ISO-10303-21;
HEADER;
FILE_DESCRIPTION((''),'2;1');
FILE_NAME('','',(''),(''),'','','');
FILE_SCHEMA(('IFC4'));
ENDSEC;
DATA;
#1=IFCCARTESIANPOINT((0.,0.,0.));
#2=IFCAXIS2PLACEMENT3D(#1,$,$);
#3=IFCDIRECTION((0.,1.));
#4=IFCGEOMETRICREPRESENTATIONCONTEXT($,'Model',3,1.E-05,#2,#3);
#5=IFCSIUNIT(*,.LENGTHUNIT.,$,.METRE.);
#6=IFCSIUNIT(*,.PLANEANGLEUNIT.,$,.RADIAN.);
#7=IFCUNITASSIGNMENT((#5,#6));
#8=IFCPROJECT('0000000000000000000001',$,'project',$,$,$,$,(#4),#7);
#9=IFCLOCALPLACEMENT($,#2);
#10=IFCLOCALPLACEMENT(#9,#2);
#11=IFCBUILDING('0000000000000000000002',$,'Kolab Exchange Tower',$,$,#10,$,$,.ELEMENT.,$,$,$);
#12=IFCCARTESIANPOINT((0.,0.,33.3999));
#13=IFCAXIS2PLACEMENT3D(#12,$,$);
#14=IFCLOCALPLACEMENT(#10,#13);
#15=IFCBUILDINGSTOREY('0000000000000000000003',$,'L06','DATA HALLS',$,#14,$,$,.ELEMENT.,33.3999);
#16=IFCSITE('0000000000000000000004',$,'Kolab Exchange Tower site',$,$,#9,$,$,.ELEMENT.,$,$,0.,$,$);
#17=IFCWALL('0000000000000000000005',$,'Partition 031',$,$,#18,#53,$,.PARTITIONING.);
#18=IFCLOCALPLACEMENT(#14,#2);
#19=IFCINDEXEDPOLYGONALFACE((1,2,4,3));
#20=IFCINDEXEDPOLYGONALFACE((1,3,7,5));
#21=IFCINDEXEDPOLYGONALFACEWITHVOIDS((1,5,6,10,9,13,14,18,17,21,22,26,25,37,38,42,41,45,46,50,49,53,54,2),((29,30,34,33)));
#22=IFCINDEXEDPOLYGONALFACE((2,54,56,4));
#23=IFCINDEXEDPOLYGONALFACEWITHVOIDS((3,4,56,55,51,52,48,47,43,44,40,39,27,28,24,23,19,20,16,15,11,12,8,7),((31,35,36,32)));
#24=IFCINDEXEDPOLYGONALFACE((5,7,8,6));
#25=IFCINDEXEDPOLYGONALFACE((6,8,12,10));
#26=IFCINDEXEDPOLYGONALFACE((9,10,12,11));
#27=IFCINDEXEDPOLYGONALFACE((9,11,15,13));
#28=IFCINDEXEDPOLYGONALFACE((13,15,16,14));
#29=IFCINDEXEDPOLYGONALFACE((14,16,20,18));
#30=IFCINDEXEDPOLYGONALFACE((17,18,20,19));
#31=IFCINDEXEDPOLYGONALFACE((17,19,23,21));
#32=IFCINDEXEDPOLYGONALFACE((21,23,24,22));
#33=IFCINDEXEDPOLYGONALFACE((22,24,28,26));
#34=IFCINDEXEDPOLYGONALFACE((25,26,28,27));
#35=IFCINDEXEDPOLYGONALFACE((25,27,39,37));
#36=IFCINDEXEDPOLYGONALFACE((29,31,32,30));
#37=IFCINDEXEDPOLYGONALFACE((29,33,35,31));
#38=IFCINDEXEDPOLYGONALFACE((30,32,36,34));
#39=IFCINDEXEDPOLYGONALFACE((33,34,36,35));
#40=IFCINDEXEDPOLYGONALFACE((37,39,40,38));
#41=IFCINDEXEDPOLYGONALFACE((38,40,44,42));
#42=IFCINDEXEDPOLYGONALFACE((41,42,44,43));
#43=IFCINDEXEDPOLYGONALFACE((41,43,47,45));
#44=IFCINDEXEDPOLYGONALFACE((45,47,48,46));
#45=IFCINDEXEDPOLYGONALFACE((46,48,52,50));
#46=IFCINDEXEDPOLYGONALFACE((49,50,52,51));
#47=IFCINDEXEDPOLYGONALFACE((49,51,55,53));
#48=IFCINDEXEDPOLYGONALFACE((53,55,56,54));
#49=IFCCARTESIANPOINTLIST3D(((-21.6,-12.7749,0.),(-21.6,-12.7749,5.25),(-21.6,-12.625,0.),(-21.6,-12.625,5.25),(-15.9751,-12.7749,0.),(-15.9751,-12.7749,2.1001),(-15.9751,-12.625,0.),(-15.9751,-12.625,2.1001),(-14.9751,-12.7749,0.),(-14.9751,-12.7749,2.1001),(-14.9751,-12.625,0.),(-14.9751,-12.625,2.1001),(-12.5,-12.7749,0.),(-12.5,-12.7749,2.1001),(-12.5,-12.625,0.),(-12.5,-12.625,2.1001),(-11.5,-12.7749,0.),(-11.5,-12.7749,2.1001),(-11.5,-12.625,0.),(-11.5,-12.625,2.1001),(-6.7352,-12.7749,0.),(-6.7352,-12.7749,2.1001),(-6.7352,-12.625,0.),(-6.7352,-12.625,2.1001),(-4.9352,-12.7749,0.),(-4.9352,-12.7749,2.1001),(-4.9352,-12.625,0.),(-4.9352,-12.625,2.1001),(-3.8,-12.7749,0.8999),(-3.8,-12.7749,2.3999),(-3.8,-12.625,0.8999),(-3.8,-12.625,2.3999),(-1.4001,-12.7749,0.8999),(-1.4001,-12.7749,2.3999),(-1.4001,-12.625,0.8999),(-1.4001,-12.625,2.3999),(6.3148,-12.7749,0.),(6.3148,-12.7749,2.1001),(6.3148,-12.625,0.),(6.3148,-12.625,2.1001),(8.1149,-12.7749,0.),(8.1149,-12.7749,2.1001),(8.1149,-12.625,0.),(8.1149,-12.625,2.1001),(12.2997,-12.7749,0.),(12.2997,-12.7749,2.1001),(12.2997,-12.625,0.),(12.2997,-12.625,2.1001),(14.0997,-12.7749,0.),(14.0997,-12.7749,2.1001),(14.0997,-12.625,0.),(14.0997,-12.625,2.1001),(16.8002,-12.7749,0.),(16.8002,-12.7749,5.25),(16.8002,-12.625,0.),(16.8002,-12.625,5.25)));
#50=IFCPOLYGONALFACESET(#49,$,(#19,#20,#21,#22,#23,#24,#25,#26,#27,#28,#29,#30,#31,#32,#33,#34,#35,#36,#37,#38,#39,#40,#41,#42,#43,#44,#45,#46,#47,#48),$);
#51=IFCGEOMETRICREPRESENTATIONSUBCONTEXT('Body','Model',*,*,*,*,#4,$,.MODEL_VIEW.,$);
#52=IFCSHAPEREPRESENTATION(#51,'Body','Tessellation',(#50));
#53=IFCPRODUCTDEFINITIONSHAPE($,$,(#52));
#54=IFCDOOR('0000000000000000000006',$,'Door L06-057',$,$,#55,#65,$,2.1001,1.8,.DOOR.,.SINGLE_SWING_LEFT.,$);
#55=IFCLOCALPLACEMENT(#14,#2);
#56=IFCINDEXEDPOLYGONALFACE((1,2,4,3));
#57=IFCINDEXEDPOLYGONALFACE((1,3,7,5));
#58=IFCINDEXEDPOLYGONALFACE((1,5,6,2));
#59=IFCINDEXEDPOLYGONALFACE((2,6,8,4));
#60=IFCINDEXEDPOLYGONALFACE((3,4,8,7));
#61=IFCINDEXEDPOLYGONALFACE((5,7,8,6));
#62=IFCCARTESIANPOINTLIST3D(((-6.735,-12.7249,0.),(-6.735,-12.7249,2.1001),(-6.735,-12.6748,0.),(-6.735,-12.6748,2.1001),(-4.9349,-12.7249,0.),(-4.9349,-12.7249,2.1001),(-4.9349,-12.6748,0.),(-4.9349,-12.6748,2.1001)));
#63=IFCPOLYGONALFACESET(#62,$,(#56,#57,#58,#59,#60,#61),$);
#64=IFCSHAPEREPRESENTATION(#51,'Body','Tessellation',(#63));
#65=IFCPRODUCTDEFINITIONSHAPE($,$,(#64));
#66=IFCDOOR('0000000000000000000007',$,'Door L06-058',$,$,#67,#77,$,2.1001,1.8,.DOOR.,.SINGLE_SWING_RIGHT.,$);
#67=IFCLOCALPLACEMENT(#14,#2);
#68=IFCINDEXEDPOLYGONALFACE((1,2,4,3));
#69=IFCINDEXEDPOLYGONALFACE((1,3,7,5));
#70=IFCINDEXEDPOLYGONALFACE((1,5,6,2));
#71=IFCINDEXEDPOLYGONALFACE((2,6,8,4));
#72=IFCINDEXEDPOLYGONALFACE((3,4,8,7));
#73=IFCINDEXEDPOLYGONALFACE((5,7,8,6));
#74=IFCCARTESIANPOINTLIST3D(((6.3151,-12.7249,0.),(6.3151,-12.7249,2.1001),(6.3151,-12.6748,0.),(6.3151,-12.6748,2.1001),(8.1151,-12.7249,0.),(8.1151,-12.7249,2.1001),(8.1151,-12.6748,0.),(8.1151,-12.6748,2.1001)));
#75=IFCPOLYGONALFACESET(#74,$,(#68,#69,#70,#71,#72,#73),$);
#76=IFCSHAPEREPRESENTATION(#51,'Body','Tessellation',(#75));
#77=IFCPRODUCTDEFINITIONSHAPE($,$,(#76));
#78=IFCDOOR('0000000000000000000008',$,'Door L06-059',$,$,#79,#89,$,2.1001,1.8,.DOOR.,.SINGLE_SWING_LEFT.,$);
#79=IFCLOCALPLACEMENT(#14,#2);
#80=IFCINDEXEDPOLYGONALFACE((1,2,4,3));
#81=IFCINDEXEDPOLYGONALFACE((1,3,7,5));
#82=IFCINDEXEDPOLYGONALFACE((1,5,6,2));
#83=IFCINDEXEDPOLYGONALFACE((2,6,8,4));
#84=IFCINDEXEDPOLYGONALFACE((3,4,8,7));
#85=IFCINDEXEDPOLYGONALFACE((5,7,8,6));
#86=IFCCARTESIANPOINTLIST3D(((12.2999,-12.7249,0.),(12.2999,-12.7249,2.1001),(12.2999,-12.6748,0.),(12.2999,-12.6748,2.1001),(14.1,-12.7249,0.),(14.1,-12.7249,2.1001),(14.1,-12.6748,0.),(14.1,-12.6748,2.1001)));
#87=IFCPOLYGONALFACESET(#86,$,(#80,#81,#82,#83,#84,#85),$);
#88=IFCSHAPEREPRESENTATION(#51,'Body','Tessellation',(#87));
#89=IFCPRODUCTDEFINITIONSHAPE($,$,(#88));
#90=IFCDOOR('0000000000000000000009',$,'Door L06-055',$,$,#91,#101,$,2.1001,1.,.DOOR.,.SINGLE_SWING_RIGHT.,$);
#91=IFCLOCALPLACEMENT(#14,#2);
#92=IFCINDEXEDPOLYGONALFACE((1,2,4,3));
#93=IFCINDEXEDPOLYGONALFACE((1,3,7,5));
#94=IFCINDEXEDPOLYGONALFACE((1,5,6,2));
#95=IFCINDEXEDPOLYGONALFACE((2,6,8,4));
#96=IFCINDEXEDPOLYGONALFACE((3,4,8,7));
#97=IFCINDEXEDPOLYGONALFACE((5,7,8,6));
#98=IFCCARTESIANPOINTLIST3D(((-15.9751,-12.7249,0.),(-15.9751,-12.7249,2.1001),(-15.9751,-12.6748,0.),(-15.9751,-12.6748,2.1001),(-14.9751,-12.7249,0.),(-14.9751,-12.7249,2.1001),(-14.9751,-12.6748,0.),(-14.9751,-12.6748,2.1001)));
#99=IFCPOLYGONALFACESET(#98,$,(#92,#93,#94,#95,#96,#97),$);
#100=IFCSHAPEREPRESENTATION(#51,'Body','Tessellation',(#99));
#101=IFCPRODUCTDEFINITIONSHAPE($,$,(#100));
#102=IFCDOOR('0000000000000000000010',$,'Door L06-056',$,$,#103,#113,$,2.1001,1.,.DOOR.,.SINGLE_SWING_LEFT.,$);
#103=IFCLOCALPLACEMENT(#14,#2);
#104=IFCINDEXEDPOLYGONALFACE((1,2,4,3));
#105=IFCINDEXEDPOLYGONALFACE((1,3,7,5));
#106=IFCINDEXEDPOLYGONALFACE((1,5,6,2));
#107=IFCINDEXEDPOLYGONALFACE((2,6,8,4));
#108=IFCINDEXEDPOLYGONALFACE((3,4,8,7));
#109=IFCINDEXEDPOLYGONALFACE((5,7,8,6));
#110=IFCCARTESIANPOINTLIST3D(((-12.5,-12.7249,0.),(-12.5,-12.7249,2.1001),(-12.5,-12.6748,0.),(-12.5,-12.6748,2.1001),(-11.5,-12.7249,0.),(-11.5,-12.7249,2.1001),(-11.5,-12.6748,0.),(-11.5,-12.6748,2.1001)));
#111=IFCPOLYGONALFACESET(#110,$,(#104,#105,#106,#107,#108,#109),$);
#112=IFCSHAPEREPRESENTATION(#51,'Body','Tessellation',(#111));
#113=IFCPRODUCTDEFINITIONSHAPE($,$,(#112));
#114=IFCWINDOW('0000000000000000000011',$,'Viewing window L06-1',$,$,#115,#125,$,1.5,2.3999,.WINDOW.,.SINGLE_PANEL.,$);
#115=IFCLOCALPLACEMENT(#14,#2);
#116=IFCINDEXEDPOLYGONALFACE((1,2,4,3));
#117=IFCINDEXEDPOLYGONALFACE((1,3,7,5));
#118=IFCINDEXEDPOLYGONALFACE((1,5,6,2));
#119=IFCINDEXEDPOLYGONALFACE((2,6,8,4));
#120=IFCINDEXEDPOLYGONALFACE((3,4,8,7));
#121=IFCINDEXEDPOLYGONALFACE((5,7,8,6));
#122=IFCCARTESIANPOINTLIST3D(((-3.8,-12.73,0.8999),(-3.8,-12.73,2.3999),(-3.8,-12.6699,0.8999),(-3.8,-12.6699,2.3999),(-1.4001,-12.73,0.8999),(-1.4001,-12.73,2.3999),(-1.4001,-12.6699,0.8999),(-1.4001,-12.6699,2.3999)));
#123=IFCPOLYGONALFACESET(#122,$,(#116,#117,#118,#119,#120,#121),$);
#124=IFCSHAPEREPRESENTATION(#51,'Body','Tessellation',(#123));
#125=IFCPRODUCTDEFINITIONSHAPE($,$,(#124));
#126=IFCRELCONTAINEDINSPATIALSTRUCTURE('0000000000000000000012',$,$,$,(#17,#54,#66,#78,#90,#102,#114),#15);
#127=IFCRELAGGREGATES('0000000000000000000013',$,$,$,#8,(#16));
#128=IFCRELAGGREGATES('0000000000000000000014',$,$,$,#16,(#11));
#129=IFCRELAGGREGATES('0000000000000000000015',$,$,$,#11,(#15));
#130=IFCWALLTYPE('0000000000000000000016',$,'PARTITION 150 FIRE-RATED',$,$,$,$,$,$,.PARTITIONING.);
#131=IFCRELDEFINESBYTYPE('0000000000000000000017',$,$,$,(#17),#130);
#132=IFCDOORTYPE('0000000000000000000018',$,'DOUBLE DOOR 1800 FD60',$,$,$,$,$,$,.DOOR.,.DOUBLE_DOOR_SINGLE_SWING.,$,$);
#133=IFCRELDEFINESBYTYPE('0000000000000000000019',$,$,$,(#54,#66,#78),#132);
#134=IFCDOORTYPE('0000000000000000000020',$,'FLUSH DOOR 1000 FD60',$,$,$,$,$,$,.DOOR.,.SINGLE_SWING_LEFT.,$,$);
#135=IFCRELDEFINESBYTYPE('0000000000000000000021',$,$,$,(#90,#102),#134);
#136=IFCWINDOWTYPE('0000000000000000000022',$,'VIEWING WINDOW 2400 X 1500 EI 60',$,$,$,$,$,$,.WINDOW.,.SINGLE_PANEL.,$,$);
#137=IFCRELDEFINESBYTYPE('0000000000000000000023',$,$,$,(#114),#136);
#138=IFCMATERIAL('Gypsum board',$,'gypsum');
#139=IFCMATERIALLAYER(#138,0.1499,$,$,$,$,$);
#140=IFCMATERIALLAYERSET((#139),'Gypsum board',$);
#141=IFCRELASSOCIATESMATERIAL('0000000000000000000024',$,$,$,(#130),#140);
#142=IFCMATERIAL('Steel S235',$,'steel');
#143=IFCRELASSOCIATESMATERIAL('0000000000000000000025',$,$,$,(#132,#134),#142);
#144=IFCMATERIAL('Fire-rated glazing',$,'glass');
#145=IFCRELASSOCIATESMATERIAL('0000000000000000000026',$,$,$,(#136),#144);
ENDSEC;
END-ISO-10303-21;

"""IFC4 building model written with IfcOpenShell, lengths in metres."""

from ifc_helpers import new_model, si_unit, direction, frame, frame_2d, origin, place, context, subcontext, project, spatial, rectangle, extrude, material, layer, layer_set, type_object, element, fill, save


model = new_model("IFC4")

# Units and contexts
model_context = context("Model", 3, precision=1e-05, world=origin(), true_north=direction((0.0, 1.0)))
body_context = subcontext(model_context, "Body", "Model", "MODEL_VIEW")
ifc_project = project(units=[si_unit("LENGTHUNIT", "METRE"), si_unit("PLANEANGLEUNIT", "RADIAN")], contexts=[model_context])

# Site, building, storey
site_placement = place(None, origin())
site = spatial("IfcSite", under=ifc_project, at=site_placement, Name="Kolab Exchange Tower site", CompositionType="ELEMENT", RefElevation=0.0)
building_placement = place(site_placement, origin())
building = spatial("IfcBuilding", under=site, at=building_placement, Name="Kolab Exchange Tower", CompositionType="ELEMENT")
storey_placement = place(building_placement, frame((0.0, 0.0, 33.3999)))
storey = spatial("IfcBuildingStorey", under=building, at=storey_placement, Name="L06", Description="DATA HALLS", CompositionType="ELEMENT", Elevation=33.3999)

# Wall, openings, doors, window
ifc_material_1 = material(Name="Gypsum board", Category="gypsum")
ifc_layer_1 = layer(ifc_material_1, 0.1499)
ifc_layer_set_1 = layer_set([ifc_layer_1], Name="Gypsum board")
wall_type_1 = type_object("IfcWallType", Name="PARTITION 150 FIRE-RATED", PredefinedType="PARTITIONING", material=ifc_layer_set_1)
wall_1_placement = place(storey_placement, frame((-21.6001, -12.7, 0.0), z_axis=(0.0, 0.0, 1.0), x_axis=(1.0, 0.0, 0.0)))
wall_1 = element("IfcWall", 1, at=wall_1_placement, inside=storey, type_object=wall_type_1, Name="Partition 031", PredefinedType="PARTITIONING", context=body_context, shape_type="SweptSolid", body=[
    extrude(rectangle(XDim=38.4001, YDim=0.1499, at=frame_2d((19.2002, 0.0))), origin(), (0.0, 0.0, 1.0), 5.25),
])
opening_1_placement = place(wall_1_placement, frame((5.625, 0.0, 0.0)))
opening_1 = element("IfcOpeningElement", 2, at=opening_1_placement, cuts=wall_1, PredefinedType="OPENING", context=body_context, shape_type="SweptSolid", body=[
    extrude(rectangle(XDim=1.0, YDim=2.1001, at=frame_2d((0.5, 1.05))), frame((0.0, 0.085, 0.0), z_axis=(0.0, -1.0, 0.0), x_axis=(1.0, 0.0, 0.0)), (0.0, 0.0, 1.0), 0.1699),
])
opening_2_placement = place(wall_1_placement, frame((9.1001, 0.0, 0.0)))
opening_2 = element("IfcOpeningElement", 3, at=opening_2_placement, cuts=wall_1, PredefinedType="OPENING", context=body_context, shape_type="SweptSolid", body=[
    extrude(rectangle(XDim=1.0, YDim=2.1001, at=frame_2d((0.5, 1.05))), frame((0.0, 0.085, 0.0), z_axis=(0.0, -1.0, 0.0), x_axis=(1.0, 0.0, 0.0)), (0.0, 0.0, 1.0), 0.1699),
])
opening_3_placement = place(wall_1_placement, frame((14.865, 0.0, 0.0)))
opening_3 = element("IfcOpeningElement", 4, at=opening_3_placement, cuts=wall_1, PredefinedType="OPENING", context=body_context, shape_type="SweptSolid", body=[
    extrude(rectangle(XDim=1.8, YDim=2.1001, at=frame_2d((0.8999, 1.05))), frame((0.0, 0.085, 0.0), z_axis=(0.0, -1.0, 0.0), x_axis=(1.0, 0.0, 0.0)), (0.0, 0.0, 1.0), 0.1699),
])
opening_4_placement = place(wall_1_placement, frame((27.915, 0.0, 0.0)))
opening_4 = element("IfcOpeningElement", 5, at=opening_4_placement, cuts=wall_1, PredefinedType="OPENING", context=body_context, shape_type="SweptSolid", body=[
    extrude(rectangle(XDim=1.8, YDim=2.1001, at=frame_2d((0.8999, 1.05))), frame((0.0, 0.085, 0.0), z_axis=(0.0, -1.0, 0.0), x_axis=(1.0, 0.0, 0.0)), (0.0, 0.0, 1.0), 0.1699),
])
opening_5_placement = place(wall_1_placement, frame((33.8999, 0.0, 0.0)))
opening_5 = element("IfcOpeningElement", 6, at=opening_5_placement, cuts=wall_1, PredefinedType="OPENING", context=body_context, shape_type="SweptSolid", body=[
    extrude(rectangle(XDim=1.8, YDim=2.1001, at=frame_2d((0.8999, 1.05))), frame((0.0, 0.085, 0.0), z_axis=(0.0, -1.0, 0.0), x_axis=(1.0, 0.0, 0.0)), (0.0, 0.0, 1.0), 0.1699),
])
opening_6_placement = place(wall_1_placement, frame((17.8, 0.0, 0.8999)))
opening_6 = element("IfcOpeningElement", 7, at=opening_6_placement, cuts=wall_1, PredefinedType="OPENING", context=body_context, shape_type="SweptSolid", body=[
    extrude(rectangle(XDim=2.3999, YDim=1.5, at=frame_2d((1.2, 0.75))), frame((0.0, 0.085, 0.0), z_axis=(0.0, -1.0, 0.0), x_axis=(1.0, 0.0, 0.0)), (0.0, 0.0, 1.0), 0.1699),
])
ifc_material_2 = material(Name="Steel S235", Category="steel")
door_type_1 = type_object("IfcDoorType", Name="DOUBLE DOOR 1800 FD60", OperationType="DOUBLE_DOOR_SINGLE_SWING", PredefinedType="DOOR", material=ifc_material_2)
door_1_placement = place(opening_3_placement, frame((1.8, 0.0, 0.0), z_axis=(0.0, 0.0, 1.0), x_axis=(-1.0, 0.0, 0.0)))
door_1 = element("IfcDoor", 8, at=door_1_placement, inside=storey, type_object=door_type_1, Name="Door L06-057", OperationType="SINGLE_SWING_LEFT", OverallHeight=2.1001, OverallWidth=1.8, PredefinedType="DOOR", context=body_context, shape_type="SweptSolid", body=[
    extrude(rectangle(XDim=1.8, YDim=2.1001, at=frame_2d((0.8999, 1.05))), frame((0.0, 0.0249, 0.0), z_axis=(0.0, -1.0, 0.0), x_axis=(1.0, 0.0, 0.0)), (0.0, 0.0, 1.0), 0.05),
])
fill(opening_3, door_1)
door_2_placement = place(opening_4_placement, frame((1.8, 0.0, 0.0), z_axis=(0.0, 0.0, 1.0), x_axis=(-1.0, 0.0, 0.0)))
door_2 = element("IfcDoor", 9, at=door_2_placement, inside=storey, type_object=door_type_1, Name="Door L06-058", OperationType="SINGLE_SWING_RIGHT", OverallHeight=2.1001, OverallWidth=1.8, PredefinedType="DOOR", context=body_context, shape_type="SweptSolid", body=[
    extrude(rectangle(XDim=1.8, YDim=2.1001, at=frame_2d((0.8999, 1.05))), frame((0.0, 0.0249, 0.0), z_axis=(0.0, -1.0, 0.0), x_axis=(1.0, 0.0, 0.0)), (0.0, 0.0, 1.0), 0.05),
])
fill(opening_4, door_2)
door_3_placement = place(opening_5_placement, frame((1.8, 0.0, 0.0), z_axis=(0.0, 0.0, 1.0), x_axis=(-1.0, 0.0, 0.0)))
door_3 = element("IfcDoor", 10, at=door_3_placement, inside=storey, type_object=door_type_1, Name="Door L06-059", OperationType="SINGLE_SWING_LEFT", OverallHeight=2.1001, OverallWidth=1.8, PredefinedType="DOOR", context=body_context, shape_type="SweptSolid", body=[
    extrude(rectangle(XDim=1.8, YDim=2.1001, at=frame_2d((0.8999, 1.05))), frame((0.0, 0.0249, 0.0), z_axis=(0.0, -1.0, 0.0), x_axis=(1.0, 0.0, 0.0)), (0.0, 0.0, 1.0), 0.05),
])
fill(opening_5, door_3)
door_type_2 = type_object("IfcDoorType", Name="FLUSH DOOR 1000 FD60", OperationType="SINGLE_SWING_LEFT", PredefinedType="DOOR", material=ifc_material_2)
door_4_placement = place(opening_1_placement, frame((1.0, 0.0, 0.0), z_axis=(0.0, 0.0, 1.0), x_axis=(-1.0, 0.0, 0.0)))
door_4 = element("IfcDoor", 11, at=door_4_placement, inside=storey, type_object=door_type_2, Name="Door L06-055", OperationType="SINGLE_SWING_RIGHT", OverallHeight=2.1001, OverallWidth=1.0, PredefinedType="DOOR", context=body_context, shape_type="SweptSolid", body=[
    extrude(rectangle(XDim=1.0, YDim=2.1001, at=frame_2d((0.5, 1.05))), frame((0.0, 0.0249, 0.0), z_axis=(0.0, -1.0, 0.0), x_axis=(1.0, 0.0, 0.0)), (0.0, 0.0, 1.0), 0.05),
])
fill(opening_1, door_4)
door_5_placement = place(opening_2_placement, frame((1.0, 0.0, 0.0), z_axis=(0.0, 0.0, 1.0), x_axis=(-1.0, 0.0, 0.0)))
door_5 = element("IfcDoor", 12, at=door_5_placement, inside=storey, type_object=door_type_2, Name="Door L06-056", OperationType="SINGLE_SWING_LEFT", OverallHeight=2.1001, OverallWidth=1.0, PredefinedType="DOOR", context=body_context, shape_type="SweptSolid", body=[
    extrude(rectangle(XDim=1.0, YDim=2.1001, at=frame_2d((0.5, 1.05))), frame((0.0, 0.0249, 0.0), z_axis=(0.0, -1.0, 0.0), x_axis=(1.0, 0.0, 0.0)), (0.0, 0.0, 1.0), 0.05),
])
fill(opening_2, door_5)
ifc_material_3 = material(Name="Fire-rated glazing", Category="glass")
window_type = type_object("IfcWindowType", Name="VIEWING WINDOW 2400 X 1500 EI 60", PartitioningType="SINGLE_PANEL", PredefinedType="WINDOW", material=ifc_material_3)
window_placement = place(opening_6_placement, origin())
window = element("IfcWindow", 13, at=window_placement, inside=storey, type_object=window_type, Name="Viewing window L06-1", OverallHeight=1.5, OverallWidth=2.3999, PartitioningType="SINGLE_PANEL", PredefinedType="WINDOW", context=body_context, shape_type="SweptSolid", body=[
    extrude(rectangle(XDim=2.3999, YDim=1.5, at=frame_2d((1.2, 0.75))), frame((0.0, 0.03, 0.0), z_axis=(0.0, -1.0, 0.0), x_axis=(1.0, 0.0, 0.0)), (0.0, 0.0, 1.0), 0.0601),
])
fill(opening_6, window)

save(model, "model.ifc")
